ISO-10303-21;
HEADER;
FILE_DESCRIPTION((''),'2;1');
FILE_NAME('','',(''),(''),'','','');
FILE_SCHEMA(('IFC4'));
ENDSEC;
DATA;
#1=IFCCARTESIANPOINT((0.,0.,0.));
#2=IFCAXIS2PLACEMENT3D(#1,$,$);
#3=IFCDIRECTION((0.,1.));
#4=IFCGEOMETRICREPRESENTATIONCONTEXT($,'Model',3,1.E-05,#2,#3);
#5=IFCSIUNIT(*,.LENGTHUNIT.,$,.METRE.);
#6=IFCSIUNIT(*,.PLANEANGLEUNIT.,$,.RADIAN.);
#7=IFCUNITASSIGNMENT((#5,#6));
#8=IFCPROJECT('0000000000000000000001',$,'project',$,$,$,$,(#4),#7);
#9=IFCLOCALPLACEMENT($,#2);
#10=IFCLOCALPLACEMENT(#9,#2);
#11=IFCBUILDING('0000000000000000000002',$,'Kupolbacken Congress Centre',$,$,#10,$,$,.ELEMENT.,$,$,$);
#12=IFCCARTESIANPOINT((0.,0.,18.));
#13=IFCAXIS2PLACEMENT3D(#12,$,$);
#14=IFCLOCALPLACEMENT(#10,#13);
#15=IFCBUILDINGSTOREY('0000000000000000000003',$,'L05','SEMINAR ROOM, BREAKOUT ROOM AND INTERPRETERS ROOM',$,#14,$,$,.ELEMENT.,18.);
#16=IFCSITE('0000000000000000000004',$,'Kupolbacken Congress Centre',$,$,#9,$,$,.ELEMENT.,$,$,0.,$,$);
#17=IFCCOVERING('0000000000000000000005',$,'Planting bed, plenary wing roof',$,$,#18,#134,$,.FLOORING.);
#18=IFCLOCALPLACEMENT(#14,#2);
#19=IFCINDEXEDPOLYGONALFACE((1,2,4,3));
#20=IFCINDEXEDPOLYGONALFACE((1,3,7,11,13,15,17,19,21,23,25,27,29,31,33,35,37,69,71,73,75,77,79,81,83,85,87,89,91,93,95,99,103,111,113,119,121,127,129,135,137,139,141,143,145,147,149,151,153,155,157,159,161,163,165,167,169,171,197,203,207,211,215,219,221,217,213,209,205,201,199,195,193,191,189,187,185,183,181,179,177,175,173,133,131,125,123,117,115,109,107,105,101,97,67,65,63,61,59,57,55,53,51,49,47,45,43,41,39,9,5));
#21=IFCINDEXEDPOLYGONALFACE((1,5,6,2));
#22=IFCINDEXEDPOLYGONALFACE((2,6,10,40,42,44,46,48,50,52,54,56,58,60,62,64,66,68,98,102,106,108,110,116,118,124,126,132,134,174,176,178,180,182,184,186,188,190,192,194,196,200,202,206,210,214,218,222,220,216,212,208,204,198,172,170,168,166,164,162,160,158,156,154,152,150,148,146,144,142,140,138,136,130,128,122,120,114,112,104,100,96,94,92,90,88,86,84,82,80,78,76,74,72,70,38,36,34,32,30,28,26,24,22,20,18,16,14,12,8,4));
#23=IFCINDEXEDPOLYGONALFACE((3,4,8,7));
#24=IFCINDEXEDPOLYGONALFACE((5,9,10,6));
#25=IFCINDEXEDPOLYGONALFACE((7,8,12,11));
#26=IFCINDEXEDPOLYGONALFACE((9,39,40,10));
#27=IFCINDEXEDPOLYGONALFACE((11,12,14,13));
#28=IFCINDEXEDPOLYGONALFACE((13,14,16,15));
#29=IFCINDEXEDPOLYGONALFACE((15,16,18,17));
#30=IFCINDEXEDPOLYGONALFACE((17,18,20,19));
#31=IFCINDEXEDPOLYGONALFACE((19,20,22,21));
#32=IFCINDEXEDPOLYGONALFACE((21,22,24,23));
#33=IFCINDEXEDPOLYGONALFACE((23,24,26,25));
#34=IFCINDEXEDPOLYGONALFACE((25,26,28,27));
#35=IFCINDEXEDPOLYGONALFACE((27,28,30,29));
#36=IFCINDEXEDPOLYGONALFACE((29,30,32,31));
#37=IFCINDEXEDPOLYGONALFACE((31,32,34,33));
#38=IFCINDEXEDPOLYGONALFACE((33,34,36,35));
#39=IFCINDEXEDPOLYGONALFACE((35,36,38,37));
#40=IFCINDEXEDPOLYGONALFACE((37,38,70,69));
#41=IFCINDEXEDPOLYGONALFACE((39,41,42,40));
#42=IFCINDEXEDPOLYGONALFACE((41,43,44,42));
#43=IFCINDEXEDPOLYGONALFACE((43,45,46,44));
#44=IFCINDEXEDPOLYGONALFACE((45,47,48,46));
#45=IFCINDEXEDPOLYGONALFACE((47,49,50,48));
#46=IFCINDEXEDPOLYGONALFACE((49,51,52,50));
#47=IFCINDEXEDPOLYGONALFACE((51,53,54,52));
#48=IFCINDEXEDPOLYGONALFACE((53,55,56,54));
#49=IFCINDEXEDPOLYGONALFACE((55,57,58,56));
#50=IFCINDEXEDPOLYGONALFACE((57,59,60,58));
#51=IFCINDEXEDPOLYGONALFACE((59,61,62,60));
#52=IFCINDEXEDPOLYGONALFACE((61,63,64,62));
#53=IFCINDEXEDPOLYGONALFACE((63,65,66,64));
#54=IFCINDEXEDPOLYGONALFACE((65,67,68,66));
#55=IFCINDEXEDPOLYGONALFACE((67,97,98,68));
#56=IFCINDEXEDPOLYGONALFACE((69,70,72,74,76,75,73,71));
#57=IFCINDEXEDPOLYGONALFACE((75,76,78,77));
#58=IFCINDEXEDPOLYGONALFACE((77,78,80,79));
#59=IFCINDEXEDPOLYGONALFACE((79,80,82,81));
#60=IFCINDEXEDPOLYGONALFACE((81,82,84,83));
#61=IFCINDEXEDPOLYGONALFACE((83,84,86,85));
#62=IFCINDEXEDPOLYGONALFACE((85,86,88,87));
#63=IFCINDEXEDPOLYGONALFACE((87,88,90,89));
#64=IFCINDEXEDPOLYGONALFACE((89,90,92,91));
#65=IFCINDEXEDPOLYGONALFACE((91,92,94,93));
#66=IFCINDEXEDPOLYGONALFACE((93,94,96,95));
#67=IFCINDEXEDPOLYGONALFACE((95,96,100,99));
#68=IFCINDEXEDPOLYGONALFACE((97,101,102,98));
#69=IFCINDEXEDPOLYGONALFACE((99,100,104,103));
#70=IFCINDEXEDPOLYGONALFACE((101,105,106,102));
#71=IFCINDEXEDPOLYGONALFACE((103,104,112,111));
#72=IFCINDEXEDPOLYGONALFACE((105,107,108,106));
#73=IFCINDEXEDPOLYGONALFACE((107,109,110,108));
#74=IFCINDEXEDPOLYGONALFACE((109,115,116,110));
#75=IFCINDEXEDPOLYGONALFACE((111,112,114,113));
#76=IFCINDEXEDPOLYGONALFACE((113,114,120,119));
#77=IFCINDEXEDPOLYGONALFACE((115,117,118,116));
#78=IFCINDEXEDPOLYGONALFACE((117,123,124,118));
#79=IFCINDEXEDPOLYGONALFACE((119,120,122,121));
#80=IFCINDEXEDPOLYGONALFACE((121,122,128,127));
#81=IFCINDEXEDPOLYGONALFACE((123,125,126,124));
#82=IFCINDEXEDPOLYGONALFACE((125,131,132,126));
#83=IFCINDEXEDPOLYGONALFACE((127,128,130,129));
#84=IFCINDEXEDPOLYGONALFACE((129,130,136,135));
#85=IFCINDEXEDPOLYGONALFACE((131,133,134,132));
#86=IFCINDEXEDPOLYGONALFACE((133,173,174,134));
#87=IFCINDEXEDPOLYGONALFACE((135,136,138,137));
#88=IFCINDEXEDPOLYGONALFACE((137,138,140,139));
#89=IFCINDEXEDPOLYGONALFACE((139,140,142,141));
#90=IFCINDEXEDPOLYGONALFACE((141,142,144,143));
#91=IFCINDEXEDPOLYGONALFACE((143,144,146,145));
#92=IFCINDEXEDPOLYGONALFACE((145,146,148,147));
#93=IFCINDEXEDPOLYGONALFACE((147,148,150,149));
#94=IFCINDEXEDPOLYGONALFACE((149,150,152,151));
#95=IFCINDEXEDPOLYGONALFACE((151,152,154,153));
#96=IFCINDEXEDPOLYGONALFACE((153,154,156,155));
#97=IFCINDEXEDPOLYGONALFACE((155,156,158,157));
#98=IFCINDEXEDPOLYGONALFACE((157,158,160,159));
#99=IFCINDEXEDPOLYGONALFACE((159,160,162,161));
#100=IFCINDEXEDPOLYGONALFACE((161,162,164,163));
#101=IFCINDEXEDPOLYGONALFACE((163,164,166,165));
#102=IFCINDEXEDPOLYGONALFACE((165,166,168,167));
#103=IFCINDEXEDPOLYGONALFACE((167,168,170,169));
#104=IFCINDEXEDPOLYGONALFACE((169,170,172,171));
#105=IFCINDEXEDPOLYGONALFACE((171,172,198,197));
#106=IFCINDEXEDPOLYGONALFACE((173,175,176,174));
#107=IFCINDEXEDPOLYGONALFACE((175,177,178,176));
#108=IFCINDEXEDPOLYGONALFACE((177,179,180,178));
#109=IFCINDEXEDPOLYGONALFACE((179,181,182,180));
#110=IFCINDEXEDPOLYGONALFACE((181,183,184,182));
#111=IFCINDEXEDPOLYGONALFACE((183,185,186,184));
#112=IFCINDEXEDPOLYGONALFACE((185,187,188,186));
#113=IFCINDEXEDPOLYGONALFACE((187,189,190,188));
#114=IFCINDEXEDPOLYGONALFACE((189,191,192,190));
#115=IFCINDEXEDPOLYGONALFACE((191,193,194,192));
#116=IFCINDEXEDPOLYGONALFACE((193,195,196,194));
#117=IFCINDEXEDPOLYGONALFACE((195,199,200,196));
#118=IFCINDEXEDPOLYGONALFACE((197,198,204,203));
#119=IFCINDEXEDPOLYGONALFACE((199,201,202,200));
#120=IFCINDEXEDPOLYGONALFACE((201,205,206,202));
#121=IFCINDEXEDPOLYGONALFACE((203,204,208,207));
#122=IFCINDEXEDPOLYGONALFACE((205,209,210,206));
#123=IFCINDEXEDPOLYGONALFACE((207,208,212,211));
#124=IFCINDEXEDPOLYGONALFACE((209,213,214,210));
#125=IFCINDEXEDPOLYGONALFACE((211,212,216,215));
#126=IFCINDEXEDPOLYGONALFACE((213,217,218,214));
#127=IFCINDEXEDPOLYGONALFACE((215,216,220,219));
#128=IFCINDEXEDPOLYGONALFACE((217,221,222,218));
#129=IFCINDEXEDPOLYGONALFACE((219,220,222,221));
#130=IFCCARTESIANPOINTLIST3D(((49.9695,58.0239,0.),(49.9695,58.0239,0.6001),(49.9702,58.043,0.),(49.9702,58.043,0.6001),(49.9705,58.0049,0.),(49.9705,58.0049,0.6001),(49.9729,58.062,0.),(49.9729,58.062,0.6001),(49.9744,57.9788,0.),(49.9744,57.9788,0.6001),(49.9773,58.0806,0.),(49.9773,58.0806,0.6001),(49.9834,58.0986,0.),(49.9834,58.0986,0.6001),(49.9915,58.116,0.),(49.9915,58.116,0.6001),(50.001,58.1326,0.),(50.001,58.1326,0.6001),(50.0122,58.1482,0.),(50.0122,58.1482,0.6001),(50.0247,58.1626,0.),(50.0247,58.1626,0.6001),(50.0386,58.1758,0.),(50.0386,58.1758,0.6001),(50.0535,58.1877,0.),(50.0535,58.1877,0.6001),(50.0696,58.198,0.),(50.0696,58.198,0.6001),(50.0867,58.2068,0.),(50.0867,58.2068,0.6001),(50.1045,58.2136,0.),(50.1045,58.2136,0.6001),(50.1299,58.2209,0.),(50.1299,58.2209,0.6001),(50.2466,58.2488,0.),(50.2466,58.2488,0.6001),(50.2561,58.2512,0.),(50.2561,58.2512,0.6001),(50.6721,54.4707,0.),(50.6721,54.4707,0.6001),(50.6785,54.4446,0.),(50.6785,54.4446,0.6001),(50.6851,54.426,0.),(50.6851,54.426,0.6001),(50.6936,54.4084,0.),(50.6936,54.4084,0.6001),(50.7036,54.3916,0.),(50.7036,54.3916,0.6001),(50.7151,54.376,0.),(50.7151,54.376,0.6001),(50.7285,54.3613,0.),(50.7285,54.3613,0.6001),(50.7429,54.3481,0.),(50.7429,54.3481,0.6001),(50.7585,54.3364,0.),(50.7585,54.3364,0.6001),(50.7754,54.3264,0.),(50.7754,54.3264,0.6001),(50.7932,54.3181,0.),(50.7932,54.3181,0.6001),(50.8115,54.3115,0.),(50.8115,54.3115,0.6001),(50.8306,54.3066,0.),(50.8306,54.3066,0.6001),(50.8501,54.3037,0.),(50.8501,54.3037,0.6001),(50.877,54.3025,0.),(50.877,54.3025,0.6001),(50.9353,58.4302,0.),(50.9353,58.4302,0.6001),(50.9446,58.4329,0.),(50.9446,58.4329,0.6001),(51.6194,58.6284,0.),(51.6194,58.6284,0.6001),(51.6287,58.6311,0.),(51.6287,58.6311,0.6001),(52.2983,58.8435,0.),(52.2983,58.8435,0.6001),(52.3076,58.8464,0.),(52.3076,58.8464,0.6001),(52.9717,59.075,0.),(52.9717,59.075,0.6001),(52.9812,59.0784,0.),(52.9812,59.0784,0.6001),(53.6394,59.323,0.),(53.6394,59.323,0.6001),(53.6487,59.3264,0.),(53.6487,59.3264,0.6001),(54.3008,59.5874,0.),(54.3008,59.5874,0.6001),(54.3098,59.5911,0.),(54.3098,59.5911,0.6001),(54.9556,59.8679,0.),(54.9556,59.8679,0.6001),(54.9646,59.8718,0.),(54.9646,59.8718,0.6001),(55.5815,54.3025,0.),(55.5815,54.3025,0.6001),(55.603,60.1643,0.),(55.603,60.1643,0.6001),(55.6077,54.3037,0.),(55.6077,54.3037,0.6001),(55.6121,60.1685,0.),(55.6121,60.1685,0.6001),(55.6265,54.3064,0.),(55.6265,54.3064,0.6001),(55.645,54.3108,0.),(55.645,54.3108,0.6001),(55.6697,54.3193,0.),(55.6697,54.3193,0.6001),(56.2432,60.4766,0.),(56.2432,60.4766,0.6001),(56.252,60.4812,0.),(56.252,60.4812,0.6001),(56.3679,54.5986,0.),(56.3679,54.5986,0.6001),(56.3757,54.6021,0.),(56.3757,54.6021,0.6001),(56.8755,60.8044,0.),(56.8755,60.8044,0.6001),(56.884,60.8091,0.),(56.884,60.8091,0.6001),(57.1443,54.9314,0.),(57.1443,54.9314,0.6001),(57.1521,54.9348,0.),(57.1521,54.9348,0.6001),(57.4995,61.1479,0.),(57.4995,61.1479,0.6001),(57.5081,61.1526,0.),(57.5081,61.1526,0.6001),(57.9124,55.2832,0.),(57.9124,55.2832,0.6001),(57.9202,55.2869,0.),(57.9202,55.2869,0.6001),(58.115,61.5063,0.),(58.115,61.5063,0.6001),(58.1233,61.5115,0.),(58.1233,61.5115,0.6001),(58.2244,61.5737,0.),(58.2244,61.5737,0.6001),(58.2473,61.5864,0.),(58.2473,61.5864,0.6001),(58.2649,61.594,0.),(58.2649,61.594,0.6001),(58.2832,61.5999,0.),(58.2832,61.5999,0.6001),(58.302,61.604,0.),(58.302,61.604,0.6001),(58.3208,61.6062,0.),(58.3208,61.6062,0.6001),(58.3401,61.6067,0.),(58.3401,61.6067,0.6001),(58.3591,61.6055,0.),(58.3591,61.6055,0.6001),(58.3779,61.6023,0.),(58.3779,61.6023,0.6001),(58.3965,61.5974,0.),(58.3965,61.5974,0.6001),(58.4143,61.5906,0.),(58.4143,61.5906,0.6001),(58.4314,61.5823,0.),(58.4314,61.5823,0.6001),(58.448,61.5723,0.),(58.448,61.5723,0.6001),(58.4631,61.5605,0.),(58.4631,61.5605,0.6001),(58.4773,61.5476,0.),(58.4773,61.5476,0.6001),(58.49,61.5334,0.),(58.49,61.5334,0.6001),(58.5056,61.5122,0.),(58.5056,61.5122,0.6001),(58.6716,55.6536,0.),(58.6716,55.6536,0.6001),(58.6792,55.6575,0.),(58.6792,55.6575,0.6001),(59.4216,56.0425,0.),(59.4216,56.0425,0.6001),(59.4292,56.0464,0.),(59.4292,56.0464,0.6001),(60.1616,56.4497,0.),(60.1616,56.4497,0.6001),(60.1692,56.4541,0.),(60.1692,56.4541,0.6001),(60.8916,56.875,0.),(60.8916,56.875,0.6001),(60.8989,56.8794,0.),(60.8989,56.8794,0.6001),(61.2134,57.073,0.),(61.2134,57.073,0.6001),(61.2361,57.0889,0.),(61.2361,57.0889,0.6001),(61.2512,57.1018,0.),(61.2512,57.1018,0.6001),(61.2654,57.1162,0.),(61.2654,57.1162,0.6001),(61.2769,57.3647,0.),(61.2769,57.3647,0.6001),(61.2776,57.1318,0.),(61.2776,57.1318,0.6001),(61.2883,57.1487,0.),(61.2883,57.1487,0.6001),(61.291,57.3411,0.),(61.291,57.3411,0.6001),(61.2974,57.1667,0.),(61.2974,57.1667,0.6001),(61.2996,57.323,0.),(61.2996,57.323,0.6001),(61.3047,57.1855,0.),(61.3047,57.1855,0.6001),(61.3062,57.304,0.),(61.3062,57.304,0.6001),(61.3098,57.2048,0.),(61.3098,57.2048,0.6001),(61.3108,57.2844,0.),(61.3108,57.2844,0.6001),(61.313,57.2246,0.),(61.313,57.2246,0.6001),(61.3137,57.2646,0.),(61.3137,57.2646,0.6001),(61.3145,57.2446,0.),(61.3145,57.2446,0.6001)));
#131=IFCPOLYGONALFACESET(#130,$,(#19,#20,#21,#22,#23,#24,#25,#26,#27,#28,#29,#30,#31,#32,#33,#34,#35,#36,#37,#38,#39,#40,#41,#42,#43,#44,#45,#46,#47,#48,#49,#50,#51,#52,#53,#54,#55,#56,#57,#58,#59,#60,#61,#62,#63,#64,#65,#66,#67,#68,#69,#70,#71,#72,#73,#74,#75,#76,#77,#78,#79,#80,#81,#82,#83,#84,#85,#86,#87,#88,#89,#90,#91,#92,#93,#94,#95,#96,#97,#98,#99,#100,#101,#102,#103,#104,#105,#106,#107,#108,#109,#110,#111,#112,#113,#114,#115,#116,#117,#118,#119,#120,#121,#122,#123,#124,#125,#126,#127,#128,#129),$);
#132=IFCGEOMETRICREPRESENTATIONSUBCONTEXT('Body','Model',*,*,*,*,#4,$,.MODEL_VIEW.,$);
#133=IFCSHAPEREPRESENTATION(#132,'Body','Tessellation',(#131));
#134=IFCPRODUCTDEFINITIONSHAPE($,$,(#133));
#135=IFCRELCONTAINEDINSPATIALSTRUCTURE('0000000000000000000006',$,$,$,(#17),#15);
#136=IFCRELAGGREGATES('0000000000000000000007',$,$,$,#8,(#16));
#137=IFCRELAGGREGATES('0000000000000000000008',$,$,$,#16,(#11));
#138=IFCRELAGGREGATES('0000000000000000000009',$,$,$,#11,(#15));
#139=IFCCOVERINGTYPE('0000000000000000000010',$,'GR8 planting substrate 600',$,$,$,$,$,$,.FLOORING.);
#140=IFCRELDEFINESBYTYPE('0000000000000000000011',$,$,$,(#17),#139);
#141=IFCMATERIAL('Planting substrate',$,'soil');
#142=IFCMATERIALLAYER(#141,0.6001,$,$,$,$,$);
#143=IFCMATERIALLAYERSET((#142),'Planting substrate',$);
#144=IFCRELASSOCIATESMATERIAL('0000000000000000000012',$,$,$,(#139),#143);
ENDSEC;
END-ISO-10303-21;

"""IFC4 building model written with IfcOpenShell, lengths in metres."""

from ifc_helpers import new_model, si_unit, direction, frame, origin, place, context, subcontext, project, spatial, polyline, outline, extrude, material, layer, layer_set, type_object, element, save


model = new_model("IFC4")

# Units and contexts
model_context = context("Model", 3, precision=1e-05, world=origin(), true_north=direction((0.0, 1.0)))
body_context = subcontext(model_context, "Body", "Model", "MODEL_VIEW")
ifc_project = project(units=[si_unit("LENGTHUNIT", "METRE"), si_unit("PLANEANGLEUNIT", "RADIAN")], contexts=[model_context])

# Site, building, storey
site_placement = place(None, origin())
site = spatial("IfcSite", under=ifc_project, at=site_placement, Name="Kupolbacken Congress Centre", CompositionType="ELEMENT", RefElevation=0.0)
building_placement = place(site_placement, origin())
building = spatial("IfcBuilding", under=site, at=building_placement, Name="Kupolbacken Congress Centre", CompositionType="ELEMENT")
storey_placement = place(building_placement, frame((0.0, 0.0, 18.0)))
storey = spatial("IfcBuildingStorey", under=building, at=storey_placement, Name="L05", Description="SEMINAR ROOM, BREAKOUT ROOM AND INTERPRETERS ROOM", CompositionType="ELEMENT", Elevation=18.0)

# Covering
ifc_material_1 = material(Name="Planting substrate", Category="soil")
ifc_layer_1 = layer(ifc_material_1, 0.6001)
ifc_layer_set_1 = layer_set([ifc_layer_1], Name="Planting substrate")
covering_type_1 = type_object("IfcCoveringType", Name="GR8 planting substrate 600", PredefinedType="FLOORING", material=ifc_layer_set_1)
covering_1_placement = place(storey_placement, origin())
element("IfcCovering", 1, at=covering_1_placement, inside=storey, type_object=covering_type_1, Name="Planting bed, plenary wing roof", PredefinedType="FLOORING", context=body_context, shape_type="SweptSolid", body=[
    extrude(outline(polyline([(55.6697, 54.3193), (55.645, 54.3108), (55.6265, 54.3064), (55.6077, 54.3037), (55.5815, 54.3025), (50.877, 54.3025), (50.8501, 54.3037), (50.8306, 54.3066), (50.8115, 54.3115), (50.7932, 54.3181), (50.7754, 54.3264), (50.7585, 54.3364), (50.7429, 54.3481), (50.7285, 54.3613), (50.7151, 54.376), (50.7036, 54.3916), (50.6936, 54.4084), (50.6851, 54.426), (50.6785, 54.4446), (50.6721, 54.4707), (49.9744, 57.9788), (49.9705, 58.0049), (49.9695, 58.0239), (49.9702, 58.043), (49.9729, 58.062), (49.9773, 58.0806), (49.9834, 58.0986), (49.9915, 58.116), (50.001, 58.1326), (50.0122, 58.1482), (50.0247, 58.1626), (50.0386, 58.1758), (50.0535, 58.1877), (50.0696, 58.198), (50.0867, 58.2068), (50.1045, 58.2136), (50.1299, 58.2209), (50.2466, 58.2488), (50.2561, 58.2512), (50.9353, 58.4302), (50.9446, 58.4329), (51.6194, 58.6284), (51.6287, 58.6311), (52.2983, 58.8435), (52.3076, 58.8464), (52.9717, 59.075), (52.9812, 59.0784), (53.6394, 59.323), (53.6487, 59.3264), (54.3008, 59.5874), (54.3098, 59.5911), (54.9556, 59.8679), (54.9646, 59.8718), (55.603, 60.1643), (55.6121, 60.1685), (56.2432, 60.4766), (56.252, 60.4812), (56.8755, 60.8044), (56.884, 60.8091), (57.4995, 61.1479), (57.5081, 61.1526), (58.115, 61.5063), (58.1233, 61.5115), (58.2244, 61.5737), (58.2473, 61.5864), (58.2649, 61.594), (58.2832, 61.5999), (58.302, 61.604), (58.3208, 61.6062), (58.3401, 61.6067), (58.3591, 61.6055), (58.3779, 61.6023), (58.3965, 61.5974), (58.4143, 61.5906), (58.4314, 61.5823), (58.448, 61.5723), (58.4631, 61.5605), (58.4773, 61.5476), (58.49, 61.5334), (58.5056, 61.5122), (61.2769, 57.3647), (61.291, 57.3411), (61.2996, 57.323), (61.3062, 57.304), (61.3108, 57.2844), (61.3137, 57.2646), (61.3145, 57.2446), (61.313, 57.2246), (61.3098, 57.2048), (61.3047, 57.1855), (61.2974, 57.1667), (61.2883, 57.1487), (61.2776, 57.1318), (61.2654, 57.1162), (61.2512, 57.1018), (61.2361, 57.0889), (61.2134, 57.073), (60.8989, 56.8794), (60.8916, 56.875), (60.1692, 56.4541), (60.1616, 56.4497), (59.4292, 56.0464), (59.4216, 56.0425), (58.6792, 55.6575), (58.6716, 55.6536), (57.9202, 55.2869), (57.9124, 55.2832), (57.1521, 54.9348), (57.1443, 54.9314), (56.3757, 54.6021), (56.3679, 54.5986), (55.6697, 54.3193)])), origin(), (0.0, 0.0, 1.0), 0.6001),
])

save(model, "model.ifc")
